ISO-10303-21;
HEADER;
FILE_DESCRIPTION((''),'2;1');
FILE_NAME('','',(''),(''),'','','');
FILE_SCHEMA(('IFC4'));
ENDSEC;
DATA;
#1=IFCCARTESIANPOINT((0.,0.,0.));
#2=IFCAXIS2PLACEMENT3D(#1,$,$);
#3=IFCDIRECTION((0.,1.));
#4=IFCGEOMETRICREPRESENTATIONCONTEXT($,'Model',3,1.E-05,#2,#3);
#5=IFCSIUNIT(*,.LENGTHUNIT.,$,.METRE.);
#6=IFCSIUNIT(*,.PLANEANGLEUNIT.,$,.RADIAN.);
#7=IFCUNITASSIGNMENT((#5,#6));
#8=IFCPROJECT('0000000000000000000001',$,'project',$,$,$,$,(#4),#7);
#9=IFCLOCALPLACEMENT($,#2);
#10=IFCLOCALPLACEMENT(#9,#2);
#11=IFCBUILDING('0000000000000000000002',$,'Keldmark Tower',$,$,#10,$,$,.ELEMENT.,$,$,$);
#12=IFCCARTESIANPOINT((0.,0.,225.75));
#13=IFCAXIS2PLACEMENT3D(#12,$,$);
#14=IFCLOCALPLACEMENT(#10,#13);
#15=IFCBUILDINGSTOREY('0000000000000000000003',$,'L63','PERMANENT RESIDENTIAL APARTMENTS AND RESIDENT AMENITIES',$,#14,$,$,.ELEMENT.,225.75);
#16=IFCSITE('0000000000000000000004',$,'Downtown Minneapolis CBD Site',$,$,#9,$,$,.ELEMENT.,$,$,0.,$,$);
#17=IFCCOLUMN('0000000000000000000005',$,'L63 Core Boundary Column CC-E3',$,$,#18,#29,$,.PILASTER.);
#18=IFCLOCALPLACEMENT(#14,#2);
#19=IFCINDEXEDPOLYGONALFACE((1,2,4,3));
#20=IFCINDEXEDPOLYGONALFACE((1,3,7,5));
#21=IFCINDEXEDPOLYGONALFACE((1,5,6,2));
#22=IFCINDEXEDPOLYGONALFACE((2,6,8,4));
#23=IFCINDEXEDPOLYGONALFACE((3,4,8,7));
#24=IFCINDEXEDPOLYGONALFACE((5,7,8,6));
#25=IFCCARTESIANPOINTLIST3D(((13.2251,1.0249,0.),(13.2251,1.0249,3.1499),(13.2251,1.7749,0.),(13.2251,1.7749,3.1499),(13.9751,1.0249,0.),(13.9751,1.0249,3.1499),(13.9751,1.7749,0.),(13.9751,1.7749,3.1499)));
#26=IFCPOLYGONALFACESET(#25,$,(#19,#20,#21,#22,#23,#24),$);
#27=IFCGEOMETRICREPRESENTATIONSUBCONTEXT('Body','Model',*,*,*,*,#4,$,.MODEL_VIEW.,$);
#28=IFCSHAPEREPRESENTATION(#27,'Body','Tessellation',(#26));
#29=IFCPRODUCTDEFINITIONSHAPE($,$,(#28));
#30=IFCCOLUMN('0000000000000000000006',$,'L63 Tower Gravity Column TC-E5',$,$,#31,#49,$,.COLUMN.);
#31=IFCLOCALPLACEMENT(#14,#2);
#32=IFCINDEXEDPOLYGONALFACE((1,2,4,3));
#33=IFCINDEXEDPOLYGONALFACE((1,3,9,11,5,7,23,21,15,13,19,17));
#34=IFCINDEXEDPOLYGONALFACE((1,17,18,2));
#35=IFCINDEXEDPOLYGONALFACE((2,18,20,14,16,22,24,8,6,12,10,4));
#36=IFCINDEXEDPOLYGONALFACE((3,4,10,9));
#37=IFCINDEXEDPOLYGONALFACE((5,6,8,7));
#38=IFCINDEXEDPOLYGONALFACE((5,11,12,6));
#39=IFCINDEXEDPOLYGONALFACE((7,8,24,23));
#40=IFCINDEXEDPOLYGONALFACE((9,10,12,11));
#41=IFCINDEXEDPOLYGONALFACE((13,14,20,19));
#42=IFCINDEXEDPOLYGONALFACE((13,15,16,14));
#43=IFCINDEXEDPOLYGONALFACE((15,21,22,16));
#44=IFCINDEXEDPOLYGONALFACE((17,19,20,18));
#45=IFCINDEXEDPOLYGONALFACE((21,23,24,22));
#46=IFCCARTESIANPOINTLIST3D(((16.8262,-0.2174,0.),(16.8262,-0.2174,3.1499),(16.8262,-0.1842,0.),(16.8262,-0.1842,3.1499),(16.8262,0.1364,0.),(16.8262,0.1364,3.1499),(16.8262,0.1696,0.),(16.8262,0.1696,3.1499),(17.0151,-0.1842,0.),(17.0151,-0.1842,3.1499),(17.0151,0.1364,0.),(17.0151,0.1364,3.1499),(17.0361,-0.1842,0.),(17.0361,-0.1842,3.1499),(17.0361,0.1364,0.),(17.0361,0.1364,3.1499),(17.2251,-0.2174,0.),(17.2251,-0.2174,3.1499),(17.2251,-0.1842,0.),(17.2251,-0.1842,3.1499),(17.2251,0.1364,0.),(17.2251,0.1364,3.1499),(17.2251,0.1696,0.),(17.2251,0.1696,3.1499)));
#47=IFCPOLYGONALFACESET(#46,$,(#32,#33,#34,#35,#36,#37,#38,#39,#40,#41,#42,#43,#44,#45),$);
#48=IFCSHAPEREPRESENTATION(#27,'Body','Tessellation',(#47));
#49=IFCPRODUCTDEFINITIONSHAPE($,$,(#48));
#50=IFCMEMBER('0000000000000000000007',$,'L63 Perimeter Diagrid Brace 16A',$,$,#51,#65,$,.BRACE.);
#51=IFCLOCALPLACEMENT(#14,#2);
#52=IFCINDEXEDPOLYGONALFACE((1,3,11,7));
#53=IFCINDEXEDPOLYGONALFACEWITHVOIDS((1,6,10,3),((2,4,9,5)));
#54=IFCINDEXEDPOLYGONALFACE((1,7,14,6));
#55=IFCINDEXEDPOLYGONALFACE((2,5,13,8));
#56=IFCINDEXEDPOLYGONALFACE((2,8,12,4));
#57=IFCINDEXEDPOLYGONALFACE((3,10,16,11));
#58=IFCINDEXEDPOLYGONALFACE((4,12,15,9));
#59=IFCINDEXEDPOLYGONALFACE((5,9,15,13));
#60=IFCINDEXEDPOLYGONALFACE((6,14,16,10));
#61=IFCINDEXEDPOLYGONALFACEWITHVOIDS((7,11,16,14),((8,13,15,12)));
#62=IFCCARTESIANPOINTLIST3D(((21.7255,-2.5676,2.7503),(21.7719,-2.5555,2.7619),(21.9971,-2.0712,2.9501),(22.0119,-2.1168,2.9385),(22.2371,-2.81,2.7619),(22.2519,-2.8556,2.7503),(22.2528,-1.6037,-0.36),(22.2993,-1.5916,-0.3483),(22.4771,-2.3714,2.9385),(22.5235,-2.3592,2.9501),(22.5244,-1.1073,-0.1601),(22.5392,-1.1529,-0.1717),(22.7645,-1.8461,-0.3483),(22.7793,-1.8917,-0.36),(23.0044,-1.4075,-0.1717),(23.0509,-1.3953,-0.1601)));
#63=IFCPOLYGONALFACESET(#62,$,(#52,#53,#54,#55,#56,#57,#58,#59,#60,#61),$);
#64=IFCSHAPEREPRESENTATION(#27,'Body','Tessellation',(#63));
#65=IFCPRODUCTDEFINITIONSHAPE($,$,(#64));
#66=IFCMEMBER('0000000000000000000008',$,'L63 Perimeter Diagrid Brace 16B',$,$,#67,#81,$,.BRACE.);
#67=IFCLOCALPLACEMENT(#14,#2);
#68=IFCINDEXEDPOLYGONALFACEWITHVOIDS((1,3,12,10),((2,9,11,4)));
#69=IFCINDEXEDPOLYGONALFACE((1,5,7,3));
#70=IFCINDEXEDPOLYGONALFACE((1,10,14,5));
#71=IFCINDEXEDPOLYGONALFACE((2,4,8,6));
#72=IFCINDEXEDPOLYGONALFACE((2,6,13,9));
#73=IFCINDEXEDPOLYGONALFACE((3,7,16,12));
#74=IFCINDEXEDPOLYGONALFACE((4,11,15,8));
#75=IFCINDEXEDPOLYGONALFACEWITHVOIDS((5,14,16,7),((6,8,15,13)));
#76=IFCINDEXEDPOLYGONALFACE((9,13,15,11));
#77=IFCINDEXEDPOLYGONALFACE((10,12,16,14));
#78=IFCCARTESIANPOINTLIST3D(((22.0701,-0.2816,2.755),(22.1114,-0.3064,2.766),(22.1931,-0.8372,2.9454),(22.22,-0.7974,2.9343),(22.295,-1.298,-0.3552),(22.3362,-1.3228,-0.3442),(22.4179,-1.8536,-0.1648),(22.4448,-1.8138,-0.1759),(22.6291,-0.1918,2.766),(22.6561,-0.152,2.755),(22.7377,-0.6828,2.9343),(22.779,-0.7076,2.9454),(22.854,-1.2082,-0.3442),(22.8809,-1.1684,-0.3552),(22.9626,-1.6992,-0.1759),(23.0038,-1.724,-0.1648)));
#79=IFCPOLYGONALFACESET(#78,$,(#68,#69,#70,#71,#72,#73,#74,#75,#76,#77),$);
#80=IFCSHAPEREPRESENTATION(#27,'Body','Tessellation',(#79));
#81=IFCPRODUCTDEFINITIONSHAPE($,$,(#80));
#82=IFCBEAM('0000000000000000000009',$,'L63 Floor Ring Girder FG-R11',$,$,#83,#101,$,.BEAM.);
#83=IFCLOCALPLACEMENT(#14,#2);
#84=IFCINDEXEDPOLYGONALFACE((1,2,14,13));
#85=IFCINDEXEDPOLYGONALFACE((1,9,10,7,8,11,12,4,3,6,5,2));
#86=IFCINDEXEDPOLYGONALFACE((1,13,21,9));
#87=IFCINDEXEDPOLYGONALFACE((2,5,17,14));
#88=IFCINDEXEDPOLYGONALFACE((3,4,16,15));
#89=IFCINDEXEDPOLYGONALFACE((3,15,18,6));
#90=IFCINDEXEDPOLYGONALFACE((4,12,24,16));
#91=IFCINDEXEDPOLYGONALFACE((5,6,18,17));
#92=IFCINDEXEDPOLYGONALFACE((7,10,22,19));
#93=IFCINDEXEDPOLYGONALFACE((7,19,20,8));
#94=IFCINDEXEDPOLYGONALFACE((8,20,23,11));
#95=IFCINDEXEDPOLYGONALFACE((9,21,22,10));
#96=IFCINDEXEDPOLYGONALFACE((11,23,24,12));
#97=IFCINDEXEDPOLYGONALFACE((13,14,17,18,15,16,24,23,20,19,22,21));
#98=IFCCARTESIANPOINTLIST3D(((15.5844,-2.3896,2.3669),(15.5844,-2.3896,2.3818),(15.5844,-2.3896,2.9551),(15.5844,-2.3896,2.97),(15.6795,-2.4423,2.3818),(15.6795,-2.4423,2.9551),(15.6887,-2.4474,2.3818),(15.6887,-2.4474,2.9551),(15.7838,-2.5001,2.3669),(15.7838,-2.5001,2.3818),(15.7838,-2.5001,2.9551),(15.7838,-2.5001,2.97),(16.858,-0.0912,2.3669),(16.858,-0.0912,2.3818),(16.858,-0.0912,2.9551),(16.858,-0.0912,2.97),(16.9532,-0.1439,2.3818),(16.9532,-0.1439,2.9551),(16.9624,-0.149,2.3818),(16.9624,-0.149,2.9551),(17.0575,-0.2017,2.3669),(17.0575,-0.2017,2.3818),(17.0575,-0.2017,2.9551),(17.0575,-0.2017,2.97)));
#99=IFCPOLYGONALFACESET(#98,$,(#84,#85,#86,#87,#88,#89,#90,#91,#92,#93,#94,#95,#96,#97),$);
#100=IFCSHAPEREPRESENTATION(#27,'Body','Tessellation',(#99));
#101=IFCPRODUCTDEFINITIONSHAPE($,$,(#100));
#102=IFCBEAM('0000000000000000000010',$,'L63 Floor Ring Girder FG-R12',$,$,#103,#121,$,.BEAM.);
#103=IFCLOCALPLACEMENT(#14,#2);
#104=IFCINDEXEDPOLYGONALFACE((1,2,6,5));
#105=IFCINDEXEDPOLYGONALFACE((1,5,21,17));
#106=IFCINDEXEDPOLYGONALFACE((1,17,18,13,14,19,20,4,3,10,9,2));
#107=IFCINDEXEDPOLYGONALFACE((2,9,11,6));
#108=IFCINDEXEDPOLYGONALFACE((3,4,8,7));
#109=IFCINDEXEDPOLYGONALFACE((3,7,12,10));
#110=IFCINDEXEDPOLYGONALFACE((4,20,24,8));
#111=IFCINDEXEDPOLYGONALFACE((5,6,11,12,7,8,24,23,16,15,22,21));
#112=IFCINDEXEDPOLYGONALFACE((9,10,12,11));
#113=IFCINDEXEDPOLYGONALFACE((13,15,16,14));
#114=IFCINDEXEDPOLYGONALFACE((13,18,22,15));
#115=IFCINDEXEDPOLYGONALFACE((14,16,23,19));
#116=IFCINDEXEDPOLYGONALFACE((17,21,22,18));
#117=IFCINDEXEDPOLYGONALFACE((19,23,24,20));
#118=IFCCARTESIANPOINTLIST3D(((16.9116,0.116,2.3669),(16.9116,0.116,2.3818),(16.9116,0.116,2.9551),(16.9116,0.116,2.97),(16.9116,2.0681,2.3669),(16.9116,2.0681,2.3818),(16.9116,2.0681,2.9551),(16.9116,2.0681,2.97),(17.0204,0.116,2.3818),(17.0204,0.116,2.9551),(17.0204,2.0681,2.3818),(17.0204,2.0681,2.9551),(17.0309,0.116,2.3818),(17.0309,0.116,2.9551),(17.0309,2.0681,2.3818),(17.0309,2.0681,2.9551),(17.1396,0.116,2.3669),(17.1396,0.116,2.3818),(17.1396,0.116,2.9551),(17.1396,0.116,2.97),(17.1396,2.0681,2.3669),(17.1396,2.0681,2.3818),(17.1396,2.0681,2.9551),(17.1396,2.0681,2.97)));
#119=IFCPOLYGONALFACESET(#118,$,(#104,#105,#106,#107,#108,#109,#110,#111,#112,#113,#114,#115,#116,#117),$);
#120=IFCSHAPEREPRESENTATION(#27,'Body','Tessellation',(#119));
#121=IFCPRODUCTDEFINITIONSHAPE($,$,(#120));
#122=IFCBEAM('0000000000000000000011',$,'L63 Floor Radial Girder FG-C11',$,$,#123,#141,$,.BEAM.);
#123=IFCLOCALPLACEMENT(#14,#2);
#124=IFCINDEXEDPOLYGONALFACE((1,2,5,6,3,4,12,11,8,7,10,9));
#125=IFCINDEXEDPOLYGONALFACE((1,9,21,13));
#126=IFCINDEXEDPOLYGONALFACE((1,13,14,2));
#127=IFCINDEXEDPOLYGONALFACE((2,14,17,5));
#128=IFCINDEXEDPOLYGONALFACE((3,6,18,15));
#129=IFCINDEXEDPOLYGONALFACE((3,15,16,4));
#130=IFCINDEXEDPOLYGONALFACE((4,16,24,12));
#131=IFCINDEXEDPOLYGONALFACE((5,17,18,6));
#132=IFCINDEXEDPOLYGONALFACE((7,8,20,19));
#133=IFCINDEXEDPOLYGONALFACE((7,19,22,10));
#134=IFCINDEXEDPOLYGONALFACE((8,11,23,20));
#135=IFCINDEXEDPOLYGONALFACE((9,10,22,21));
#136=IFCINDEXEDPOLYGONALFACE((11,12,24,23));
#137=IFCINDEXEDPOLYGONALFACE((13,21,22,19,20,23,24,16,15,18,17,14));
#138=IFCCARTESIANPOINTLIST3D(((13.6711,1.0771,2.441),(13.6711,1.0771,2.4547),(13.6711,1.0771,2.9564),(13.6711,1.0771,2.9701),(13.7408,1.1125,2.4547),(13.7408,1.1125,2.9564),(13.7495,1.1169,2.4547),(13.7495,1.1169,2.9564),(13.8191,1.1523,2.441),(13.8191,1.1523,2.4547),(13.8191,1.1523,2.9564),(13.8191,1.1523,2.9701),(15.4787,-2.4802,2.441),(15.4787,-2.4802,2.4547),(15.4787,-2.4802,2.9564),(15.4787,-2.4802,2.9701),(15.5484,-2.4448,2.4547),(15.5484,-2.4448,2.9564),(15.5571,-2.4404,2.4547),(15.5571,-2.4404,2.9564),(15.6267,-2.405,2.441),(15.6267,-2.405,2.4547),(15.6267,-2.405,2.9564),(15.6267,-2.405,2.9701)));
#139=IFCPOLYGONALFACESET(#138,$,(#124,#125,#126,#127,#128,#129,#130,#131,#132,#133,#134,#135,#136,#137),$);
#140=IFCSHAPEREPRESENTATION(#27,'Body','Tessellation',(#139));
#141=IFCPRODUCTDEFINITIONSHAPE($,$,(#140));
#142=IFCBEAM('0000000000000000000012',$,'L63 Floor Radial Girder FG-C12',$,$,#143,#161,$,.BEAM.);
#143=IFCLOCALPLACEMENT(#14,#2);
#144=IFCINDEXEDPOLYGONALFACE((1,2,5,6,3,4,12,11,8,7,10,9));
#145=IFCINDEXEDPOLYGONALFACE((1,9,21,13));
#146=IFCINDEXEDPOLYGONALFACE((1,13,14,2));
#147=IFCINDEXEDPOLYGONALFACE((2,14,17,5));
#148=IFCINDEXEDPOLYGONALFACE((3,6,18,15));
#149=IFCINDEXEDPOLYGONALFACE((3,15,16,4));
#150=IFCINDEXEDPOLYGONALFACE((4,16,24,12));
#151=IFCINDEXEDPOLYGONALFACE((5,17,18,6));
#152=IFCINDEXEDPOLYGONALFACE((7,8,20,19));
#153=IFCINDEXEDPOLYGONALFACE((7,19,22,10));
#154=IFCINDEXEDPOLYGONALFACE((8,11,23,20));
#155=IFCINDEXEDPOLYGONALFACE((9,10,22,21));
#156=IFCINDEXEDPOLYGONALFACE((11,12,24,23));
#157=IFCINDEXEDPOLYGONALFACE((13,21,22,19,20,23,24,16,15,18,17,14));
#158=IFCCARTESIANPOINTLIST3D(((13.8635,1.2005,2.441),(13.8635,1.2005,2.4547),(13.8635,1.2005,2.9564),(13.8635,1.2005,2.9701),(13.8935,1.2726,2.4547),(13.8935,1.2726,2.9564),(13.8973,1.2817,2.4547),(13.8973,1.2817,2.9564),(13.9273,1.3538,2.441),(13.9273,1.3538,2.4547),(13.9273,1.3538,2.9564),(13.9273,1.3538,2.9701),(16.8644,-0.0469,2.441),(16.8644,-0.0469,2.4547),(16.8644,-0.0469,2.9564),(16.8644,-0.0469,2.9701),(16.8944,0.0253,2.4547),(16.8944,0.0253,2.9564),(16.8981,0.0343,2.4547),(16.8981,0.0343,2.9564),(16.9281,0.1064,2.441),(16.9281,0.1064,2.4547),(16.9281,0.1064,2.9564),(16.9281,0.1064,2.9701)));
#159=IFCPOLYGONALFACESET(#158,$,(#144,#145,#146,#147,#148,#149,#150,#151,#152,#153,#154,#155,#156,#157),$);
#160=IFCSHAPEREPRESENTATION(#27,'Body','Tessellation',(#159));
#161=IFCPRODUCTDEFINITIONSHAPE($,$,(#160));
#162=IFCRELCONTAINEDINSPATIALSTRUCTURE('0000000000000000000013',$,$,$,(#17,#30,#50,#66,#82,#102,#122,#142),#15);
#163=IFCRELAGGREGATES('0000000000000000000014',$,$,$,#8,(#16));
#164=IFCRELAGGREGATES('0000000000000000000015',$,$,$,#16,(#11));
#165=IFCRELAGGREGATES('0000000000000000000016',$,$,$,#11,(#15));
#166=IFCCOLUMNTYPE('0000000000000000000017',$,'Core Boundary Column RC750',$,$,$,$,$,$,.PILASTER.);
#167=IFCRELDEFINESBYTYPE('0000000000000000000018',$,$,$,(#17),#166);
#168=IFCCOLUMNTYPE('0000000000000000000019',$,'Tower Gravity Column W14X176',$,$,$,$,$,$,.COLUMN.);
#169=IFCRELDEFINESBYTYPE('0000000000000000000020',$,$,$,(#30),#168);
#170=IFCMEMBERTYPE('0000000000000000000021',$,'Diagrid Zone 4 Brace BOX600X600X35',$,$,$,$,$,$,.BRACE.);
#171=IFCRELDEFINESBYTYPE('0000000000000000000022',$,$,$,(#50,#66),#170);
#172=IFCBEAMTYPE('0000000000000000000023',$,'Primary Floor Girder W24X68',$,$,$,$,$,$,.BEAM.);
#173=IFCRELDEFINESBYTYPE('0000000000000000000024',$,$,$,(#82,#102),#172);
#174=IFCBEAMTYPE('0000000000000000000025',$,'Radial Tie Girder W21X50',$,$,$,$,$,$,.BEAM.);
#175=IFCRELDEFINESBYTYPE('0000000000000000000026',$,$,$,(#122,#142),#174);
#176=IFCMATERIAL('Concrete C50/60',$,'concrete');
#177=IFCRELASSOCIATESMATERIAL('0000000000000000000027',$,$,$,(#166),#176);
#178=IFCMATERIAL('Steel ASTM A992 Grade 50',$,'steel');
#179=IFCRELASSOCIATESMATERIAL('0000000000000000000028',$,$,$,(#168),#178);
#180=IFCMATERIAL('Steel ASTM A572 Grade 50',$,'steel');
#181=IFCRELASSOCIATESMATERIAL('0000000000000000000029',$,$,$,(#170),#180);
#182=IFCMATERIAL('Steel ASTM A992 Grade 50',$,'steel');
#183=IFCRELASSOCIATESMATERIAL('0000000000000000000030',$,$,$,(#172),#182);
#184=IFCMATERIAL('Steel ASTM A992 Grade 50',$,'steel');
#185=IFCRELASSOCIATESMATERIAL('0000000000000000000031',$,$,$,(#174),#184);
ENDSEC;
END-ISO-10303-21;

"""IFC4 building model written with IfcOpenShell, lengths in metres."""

from ifc_helpers import new_model, si_unit, direction, frame, origin, origin_2d, place, context, subcontext, project, spatial, rectangle, hollow_rectangle, i_section, extrude, material, material_profile, profile_set, type_object, element, save


model = new_model("IFC4")

# Units and contexts
model_context = context("Model", 3, precision=1e-05, world=origin(), true_north=direction((0.0, 1.0)))
body_context = subcontext(model_context, "Body", "Model", "MODEL_VIEW")
ifc_project = project(units=[si_unit("LENGTHUNIT", "METRE"), si_unit("PLANEANGLEUNIT", "RADIAN")], contexts=[model_context])

# Site, building, storey
site_placement = place(None, origin())
site = spatial("IfcSite", under=ifc_project, at=site_placement, Name="Downtown Minneapolis CBD Site", CompositionType="ELEMENT", RefElevation=0.0)
building_placement = place(site_placement, origin())
building = spatial("IfcBuilding", under=site, at=building_placement, Name="Keldmark Tower", CompositionType="ELEMENT")
storey_placement = place(building_placement, frame((0.0, 0.0, 225.75)))
storey = spatial("IfcBuildingStorey", under=building, at=storey_placement, Name="L63", Description="PERMANENT RESIDENTIAL APARTMENTS AND RESIDENT AMENITIES", CompositionType="ELEMENT", Elevation=225.75)

# Columns
ifc_material_1 = material(Name="Concrete C50/60", Category="concrete")
ifc_material_profile_1 = material_profile(ifc_material_1, rectangle(XDim=0.75, YDim=0.75, at=origin_2d()), Name="RC750X750")
ifc_profile_set_1 = profile_set([ifc_material_profile_1], Name="Concrete C50/60")
column_type_1 = type_object("IfcColumnType", Name="Core Boundary Column RC750", PredefinedType="PILASTER", material=ifc_profile_set_1)
column_1_placement = place(storey_placement, frame((13.6001, 1.3999, 0.0), z_axis=(0.0, 0.0, 1.0), x_axis=(1.0, 0.0, 0.0)))
element("IfcColumn", 1, at=column_1_placement, inside=storey, type_object=column_type_1, Name="L63 Core Boundary Column CC-E3", PredefinedType="PILASTER", context=body_context, shape_type="SweptSolid", body=[
    extrude(rectangle(XDim=0.75, YDim=0.75, at=origin_2d()), origin(), (0.0, 0.0, 1.0), 3.1499),
])
ifc_material_2 = material(Name="Steel ASTM A992 Grade 50", Category="steel")
ifc_material_profile_2 = material_profile(ifc_material_2, i_section(OverallWidth=0.3989, OverallDepth=0.387, WebThickness=0.021, FlangeThickness=0.0332, at=origin_2d()), Name="W14X176")
ifc_profile_set_2 = profile_set([ifc_material_profile_2], Name="Steel ASTM A992 Grade 50")
column_type_2 = type_object("IfcColumnType", Name="Tower Gravity Column W14X176", PredefinedType="COLUMN", material=ifc_profile_set_2)
column_2_placement = place(storey_placement, frame((17.0256, -0.0239, 0.0), z_axis=(0.0, 0.0, 1.0), x_axis=(1.0, 0.0, 0.0)))
element("IfcColumn", 2, at=column_2_placement, inside=storey, type_object=column_type_2, Name="L63 Tower Gravity Column TC-E5", PredefinedType="COLUMN", context=body_context, shape_type="SweptSolid", body=[
    extrude(i_section(OverallWidth=0.3989, OverallDepth=0.387, WebThickness=0.021, FlangeThickness=0.0332, at=origin_2d()), origin(), (0.0, 0.0, 1.0), 3.1499),
])

# Members
ifc_material_3 = material(Name="Steel ASTM A572 Grade 50", Category="steel")
ifc_material_profile_3 = material_profile(ifc_material_3, hollow_rectangle(XDim=0.6001, YDim=0.6001, WallThickness=0.0349, at=origin_2d()), Name="BOX600X600X35")
ifc_profile_set_3 = profile_set([ifc_material_profile_3], Name="Steel ASTM A572 Grade 50")
member_type = type_object("IfcMemberType", Name="Diagrid Zone 4 Brace BOX600X600X35", PredefinedType="BRACE", material=ifc_profile_set_3)
member_1_placement = place(storey_placement, frame((22.6519, -1.4995, -0.26), z_axis=(-0.159875, -0.292217, 0.942894), x_axis=(0.877283, -0.479973, 0.0)))
element("IfcMember", 3, at=member_1_placement, inside=storey, type_object=member_type, Name="L63 Perimeter Diagrid Brace 16A", PredefinedType="BRACE", context=body_context, shape_type="SweptSolid", body=[
    extrude(hollow_rectangle(XDim=0.6001, YDim=0.6001, WallThickness=0.0349, at=origin_2d()), origin(), (0.0, 0.0, 1.0), 3.2986),
])
member_2_placement = place(storey_placement, frame((22.6494, -1.511, -0.26), z_axis=(-0.06856, 0.309895, 0.948296), x_axis=(-0.976391, -0.216012, 0.0)))
element("IfcMember", 4, at=member_2_placement, inside=storey, type_object=member_type, Name="L63 Perimeter Diagrid Brace 16B", PredefinedType="BRACE", context=body_context, shape_type="SweptSolid", body=[
    extrude(hollow_rectangle(XDim=0.6001, YDim=0.6001, WallThickness=0.0349, at=origin_2d()), origin(), (0.0, 0.0, 1.0), 3.2798),
])

# Beams
ifc_material_4 = material(Name="Steel ASTM A992 Grade 50", Category="steel")
ifc_material_profile_4 = material_profile(ifc_material_4, i_section(OverallWidth=0.228, OverallDepth=0.603, WebThickness=0.0105, FlangeThickness=0.0149, at=origin_2d()), Name="W24X68")
ifc_profile_set_4 = profile_set([ifc_material_profile_4], Name="Steel ASTM A992 Grade 50")
beam_type_1 = type_object("IfcBeamType", Name="Primary Floor Girder W24X68", PredefinedType="BEAM", material=ifc_profile_set_4)
beam_1_placement = place(storey_placement, frame((15.6841, -2.4448, 2.6685), z_axis=(0.48472, 0.87467, 0.0), x_axis=(-0.87467, 0.48472, 0.0)))
element("IfcBeam", 5, at=beam_1_placement, inside=storey, type_object=beam_type_1, Name="L63 Floor Ring Girder FG-R11", PredefinedType="BEAM", context=body_context, shape_type="SweptSolid", body=[
    extrude(i_section(OverallWidth=0.228, OverallDepth=0.603, WebThickness=0.0105, FlangeThickness=0.0149, at=origin_2d()), origin(), (0.0, 0.0, 1.0), 2.6277),
])
beam_2_placement = place(storey_placement, frame((17.0256, 0.116, 2.6685), z_axis=(0.0, 1.0, 0.0), x_axis=(-1.0, 0.0, 0.0)))
element("IfcBeam", 6, at=beam_2_placement, inside=storey, type_object=beam_type_1, Name="L63 Floor Ring Girder FG-R12", PredefinedType="BEAM", context=body_context, shape_type="SweptSolid", body=[
    extrude(i_section(OverallWidth=0.228, OverallDepth=0.603, WebThickness=0.0105, FlangeThickness=0.0149, at=origin_2d()), origin(), (0.0, 0.0, 1.0), 1.9521),
])
ifc_material_5 = material(Name="Steel ASTM A992 Grade 50", Category="steel")
ifc_material_profile_5 = material_profile(ifc_material_5, i_section(OverallWidth=0.166, OverallDepth=0.5291, WebThickness=0.0098, FlangeThickness=0.0137, at=origin_2d()), Name="W21X50")
ifc_profile_set_5 = profile_set([ifc_material_profile_5], Name="Steel ASTM A992 Grade 50")
beam_type_2 = type_object("IfcBeamType", Name="Radial Tie Girder W21X50", PredefinedType="BEAM", material=ifc_profile_set_5)
beam_3_placement = place(storey_placement, frame((15.5527, -2.4426, 2.7056), z_axis=(-0.453004, 0.891508, 0.0), x_axis=(-0.891508, -0.453004, 0.0)))
element("IfcBeam", 7, at=beam_3_placement, inside=storey, type_object=beam_type_2, Name="L63 Floor Radial Girder FG-C11", PredefinedType="BEAM", context=body_context, shape_type="SweptSolid", body=[
    extrude(i_section(OverallWidth=0.166, OverallDepth=0.5291, WebThickness=0.0098, FlangeThickness=0.0137, at=origin_2d()), origin(), (0.0, 0.0, 1.0), 3.9902),
])
beam_4_placement = place(storey_placement, frame((16.8962, 0.0298, 2.7056), z_axis=(-0.923403, 0.383831, 0.0), x_axis=(-0.383831, -0.923403, 0.0)))
element("IfcBeam", 8, at=beam_4_placement, inside=storey, type_object=beam_type_2, Name="L63 Floor Radial Girder FG-C12", PredefinedType="BEAM", context=body_context, shape_type="SweptSolid", body=[
    extrude(i_section(OverallWidth=0.166, OverallDepth=0.5291, WebThickness=0.0098, FlangeThickness=0.0137, at=origin_2d()), origin(), (0.0, 0.0, 1.0), 3.2498),
])

save(model, "model.ifc")
